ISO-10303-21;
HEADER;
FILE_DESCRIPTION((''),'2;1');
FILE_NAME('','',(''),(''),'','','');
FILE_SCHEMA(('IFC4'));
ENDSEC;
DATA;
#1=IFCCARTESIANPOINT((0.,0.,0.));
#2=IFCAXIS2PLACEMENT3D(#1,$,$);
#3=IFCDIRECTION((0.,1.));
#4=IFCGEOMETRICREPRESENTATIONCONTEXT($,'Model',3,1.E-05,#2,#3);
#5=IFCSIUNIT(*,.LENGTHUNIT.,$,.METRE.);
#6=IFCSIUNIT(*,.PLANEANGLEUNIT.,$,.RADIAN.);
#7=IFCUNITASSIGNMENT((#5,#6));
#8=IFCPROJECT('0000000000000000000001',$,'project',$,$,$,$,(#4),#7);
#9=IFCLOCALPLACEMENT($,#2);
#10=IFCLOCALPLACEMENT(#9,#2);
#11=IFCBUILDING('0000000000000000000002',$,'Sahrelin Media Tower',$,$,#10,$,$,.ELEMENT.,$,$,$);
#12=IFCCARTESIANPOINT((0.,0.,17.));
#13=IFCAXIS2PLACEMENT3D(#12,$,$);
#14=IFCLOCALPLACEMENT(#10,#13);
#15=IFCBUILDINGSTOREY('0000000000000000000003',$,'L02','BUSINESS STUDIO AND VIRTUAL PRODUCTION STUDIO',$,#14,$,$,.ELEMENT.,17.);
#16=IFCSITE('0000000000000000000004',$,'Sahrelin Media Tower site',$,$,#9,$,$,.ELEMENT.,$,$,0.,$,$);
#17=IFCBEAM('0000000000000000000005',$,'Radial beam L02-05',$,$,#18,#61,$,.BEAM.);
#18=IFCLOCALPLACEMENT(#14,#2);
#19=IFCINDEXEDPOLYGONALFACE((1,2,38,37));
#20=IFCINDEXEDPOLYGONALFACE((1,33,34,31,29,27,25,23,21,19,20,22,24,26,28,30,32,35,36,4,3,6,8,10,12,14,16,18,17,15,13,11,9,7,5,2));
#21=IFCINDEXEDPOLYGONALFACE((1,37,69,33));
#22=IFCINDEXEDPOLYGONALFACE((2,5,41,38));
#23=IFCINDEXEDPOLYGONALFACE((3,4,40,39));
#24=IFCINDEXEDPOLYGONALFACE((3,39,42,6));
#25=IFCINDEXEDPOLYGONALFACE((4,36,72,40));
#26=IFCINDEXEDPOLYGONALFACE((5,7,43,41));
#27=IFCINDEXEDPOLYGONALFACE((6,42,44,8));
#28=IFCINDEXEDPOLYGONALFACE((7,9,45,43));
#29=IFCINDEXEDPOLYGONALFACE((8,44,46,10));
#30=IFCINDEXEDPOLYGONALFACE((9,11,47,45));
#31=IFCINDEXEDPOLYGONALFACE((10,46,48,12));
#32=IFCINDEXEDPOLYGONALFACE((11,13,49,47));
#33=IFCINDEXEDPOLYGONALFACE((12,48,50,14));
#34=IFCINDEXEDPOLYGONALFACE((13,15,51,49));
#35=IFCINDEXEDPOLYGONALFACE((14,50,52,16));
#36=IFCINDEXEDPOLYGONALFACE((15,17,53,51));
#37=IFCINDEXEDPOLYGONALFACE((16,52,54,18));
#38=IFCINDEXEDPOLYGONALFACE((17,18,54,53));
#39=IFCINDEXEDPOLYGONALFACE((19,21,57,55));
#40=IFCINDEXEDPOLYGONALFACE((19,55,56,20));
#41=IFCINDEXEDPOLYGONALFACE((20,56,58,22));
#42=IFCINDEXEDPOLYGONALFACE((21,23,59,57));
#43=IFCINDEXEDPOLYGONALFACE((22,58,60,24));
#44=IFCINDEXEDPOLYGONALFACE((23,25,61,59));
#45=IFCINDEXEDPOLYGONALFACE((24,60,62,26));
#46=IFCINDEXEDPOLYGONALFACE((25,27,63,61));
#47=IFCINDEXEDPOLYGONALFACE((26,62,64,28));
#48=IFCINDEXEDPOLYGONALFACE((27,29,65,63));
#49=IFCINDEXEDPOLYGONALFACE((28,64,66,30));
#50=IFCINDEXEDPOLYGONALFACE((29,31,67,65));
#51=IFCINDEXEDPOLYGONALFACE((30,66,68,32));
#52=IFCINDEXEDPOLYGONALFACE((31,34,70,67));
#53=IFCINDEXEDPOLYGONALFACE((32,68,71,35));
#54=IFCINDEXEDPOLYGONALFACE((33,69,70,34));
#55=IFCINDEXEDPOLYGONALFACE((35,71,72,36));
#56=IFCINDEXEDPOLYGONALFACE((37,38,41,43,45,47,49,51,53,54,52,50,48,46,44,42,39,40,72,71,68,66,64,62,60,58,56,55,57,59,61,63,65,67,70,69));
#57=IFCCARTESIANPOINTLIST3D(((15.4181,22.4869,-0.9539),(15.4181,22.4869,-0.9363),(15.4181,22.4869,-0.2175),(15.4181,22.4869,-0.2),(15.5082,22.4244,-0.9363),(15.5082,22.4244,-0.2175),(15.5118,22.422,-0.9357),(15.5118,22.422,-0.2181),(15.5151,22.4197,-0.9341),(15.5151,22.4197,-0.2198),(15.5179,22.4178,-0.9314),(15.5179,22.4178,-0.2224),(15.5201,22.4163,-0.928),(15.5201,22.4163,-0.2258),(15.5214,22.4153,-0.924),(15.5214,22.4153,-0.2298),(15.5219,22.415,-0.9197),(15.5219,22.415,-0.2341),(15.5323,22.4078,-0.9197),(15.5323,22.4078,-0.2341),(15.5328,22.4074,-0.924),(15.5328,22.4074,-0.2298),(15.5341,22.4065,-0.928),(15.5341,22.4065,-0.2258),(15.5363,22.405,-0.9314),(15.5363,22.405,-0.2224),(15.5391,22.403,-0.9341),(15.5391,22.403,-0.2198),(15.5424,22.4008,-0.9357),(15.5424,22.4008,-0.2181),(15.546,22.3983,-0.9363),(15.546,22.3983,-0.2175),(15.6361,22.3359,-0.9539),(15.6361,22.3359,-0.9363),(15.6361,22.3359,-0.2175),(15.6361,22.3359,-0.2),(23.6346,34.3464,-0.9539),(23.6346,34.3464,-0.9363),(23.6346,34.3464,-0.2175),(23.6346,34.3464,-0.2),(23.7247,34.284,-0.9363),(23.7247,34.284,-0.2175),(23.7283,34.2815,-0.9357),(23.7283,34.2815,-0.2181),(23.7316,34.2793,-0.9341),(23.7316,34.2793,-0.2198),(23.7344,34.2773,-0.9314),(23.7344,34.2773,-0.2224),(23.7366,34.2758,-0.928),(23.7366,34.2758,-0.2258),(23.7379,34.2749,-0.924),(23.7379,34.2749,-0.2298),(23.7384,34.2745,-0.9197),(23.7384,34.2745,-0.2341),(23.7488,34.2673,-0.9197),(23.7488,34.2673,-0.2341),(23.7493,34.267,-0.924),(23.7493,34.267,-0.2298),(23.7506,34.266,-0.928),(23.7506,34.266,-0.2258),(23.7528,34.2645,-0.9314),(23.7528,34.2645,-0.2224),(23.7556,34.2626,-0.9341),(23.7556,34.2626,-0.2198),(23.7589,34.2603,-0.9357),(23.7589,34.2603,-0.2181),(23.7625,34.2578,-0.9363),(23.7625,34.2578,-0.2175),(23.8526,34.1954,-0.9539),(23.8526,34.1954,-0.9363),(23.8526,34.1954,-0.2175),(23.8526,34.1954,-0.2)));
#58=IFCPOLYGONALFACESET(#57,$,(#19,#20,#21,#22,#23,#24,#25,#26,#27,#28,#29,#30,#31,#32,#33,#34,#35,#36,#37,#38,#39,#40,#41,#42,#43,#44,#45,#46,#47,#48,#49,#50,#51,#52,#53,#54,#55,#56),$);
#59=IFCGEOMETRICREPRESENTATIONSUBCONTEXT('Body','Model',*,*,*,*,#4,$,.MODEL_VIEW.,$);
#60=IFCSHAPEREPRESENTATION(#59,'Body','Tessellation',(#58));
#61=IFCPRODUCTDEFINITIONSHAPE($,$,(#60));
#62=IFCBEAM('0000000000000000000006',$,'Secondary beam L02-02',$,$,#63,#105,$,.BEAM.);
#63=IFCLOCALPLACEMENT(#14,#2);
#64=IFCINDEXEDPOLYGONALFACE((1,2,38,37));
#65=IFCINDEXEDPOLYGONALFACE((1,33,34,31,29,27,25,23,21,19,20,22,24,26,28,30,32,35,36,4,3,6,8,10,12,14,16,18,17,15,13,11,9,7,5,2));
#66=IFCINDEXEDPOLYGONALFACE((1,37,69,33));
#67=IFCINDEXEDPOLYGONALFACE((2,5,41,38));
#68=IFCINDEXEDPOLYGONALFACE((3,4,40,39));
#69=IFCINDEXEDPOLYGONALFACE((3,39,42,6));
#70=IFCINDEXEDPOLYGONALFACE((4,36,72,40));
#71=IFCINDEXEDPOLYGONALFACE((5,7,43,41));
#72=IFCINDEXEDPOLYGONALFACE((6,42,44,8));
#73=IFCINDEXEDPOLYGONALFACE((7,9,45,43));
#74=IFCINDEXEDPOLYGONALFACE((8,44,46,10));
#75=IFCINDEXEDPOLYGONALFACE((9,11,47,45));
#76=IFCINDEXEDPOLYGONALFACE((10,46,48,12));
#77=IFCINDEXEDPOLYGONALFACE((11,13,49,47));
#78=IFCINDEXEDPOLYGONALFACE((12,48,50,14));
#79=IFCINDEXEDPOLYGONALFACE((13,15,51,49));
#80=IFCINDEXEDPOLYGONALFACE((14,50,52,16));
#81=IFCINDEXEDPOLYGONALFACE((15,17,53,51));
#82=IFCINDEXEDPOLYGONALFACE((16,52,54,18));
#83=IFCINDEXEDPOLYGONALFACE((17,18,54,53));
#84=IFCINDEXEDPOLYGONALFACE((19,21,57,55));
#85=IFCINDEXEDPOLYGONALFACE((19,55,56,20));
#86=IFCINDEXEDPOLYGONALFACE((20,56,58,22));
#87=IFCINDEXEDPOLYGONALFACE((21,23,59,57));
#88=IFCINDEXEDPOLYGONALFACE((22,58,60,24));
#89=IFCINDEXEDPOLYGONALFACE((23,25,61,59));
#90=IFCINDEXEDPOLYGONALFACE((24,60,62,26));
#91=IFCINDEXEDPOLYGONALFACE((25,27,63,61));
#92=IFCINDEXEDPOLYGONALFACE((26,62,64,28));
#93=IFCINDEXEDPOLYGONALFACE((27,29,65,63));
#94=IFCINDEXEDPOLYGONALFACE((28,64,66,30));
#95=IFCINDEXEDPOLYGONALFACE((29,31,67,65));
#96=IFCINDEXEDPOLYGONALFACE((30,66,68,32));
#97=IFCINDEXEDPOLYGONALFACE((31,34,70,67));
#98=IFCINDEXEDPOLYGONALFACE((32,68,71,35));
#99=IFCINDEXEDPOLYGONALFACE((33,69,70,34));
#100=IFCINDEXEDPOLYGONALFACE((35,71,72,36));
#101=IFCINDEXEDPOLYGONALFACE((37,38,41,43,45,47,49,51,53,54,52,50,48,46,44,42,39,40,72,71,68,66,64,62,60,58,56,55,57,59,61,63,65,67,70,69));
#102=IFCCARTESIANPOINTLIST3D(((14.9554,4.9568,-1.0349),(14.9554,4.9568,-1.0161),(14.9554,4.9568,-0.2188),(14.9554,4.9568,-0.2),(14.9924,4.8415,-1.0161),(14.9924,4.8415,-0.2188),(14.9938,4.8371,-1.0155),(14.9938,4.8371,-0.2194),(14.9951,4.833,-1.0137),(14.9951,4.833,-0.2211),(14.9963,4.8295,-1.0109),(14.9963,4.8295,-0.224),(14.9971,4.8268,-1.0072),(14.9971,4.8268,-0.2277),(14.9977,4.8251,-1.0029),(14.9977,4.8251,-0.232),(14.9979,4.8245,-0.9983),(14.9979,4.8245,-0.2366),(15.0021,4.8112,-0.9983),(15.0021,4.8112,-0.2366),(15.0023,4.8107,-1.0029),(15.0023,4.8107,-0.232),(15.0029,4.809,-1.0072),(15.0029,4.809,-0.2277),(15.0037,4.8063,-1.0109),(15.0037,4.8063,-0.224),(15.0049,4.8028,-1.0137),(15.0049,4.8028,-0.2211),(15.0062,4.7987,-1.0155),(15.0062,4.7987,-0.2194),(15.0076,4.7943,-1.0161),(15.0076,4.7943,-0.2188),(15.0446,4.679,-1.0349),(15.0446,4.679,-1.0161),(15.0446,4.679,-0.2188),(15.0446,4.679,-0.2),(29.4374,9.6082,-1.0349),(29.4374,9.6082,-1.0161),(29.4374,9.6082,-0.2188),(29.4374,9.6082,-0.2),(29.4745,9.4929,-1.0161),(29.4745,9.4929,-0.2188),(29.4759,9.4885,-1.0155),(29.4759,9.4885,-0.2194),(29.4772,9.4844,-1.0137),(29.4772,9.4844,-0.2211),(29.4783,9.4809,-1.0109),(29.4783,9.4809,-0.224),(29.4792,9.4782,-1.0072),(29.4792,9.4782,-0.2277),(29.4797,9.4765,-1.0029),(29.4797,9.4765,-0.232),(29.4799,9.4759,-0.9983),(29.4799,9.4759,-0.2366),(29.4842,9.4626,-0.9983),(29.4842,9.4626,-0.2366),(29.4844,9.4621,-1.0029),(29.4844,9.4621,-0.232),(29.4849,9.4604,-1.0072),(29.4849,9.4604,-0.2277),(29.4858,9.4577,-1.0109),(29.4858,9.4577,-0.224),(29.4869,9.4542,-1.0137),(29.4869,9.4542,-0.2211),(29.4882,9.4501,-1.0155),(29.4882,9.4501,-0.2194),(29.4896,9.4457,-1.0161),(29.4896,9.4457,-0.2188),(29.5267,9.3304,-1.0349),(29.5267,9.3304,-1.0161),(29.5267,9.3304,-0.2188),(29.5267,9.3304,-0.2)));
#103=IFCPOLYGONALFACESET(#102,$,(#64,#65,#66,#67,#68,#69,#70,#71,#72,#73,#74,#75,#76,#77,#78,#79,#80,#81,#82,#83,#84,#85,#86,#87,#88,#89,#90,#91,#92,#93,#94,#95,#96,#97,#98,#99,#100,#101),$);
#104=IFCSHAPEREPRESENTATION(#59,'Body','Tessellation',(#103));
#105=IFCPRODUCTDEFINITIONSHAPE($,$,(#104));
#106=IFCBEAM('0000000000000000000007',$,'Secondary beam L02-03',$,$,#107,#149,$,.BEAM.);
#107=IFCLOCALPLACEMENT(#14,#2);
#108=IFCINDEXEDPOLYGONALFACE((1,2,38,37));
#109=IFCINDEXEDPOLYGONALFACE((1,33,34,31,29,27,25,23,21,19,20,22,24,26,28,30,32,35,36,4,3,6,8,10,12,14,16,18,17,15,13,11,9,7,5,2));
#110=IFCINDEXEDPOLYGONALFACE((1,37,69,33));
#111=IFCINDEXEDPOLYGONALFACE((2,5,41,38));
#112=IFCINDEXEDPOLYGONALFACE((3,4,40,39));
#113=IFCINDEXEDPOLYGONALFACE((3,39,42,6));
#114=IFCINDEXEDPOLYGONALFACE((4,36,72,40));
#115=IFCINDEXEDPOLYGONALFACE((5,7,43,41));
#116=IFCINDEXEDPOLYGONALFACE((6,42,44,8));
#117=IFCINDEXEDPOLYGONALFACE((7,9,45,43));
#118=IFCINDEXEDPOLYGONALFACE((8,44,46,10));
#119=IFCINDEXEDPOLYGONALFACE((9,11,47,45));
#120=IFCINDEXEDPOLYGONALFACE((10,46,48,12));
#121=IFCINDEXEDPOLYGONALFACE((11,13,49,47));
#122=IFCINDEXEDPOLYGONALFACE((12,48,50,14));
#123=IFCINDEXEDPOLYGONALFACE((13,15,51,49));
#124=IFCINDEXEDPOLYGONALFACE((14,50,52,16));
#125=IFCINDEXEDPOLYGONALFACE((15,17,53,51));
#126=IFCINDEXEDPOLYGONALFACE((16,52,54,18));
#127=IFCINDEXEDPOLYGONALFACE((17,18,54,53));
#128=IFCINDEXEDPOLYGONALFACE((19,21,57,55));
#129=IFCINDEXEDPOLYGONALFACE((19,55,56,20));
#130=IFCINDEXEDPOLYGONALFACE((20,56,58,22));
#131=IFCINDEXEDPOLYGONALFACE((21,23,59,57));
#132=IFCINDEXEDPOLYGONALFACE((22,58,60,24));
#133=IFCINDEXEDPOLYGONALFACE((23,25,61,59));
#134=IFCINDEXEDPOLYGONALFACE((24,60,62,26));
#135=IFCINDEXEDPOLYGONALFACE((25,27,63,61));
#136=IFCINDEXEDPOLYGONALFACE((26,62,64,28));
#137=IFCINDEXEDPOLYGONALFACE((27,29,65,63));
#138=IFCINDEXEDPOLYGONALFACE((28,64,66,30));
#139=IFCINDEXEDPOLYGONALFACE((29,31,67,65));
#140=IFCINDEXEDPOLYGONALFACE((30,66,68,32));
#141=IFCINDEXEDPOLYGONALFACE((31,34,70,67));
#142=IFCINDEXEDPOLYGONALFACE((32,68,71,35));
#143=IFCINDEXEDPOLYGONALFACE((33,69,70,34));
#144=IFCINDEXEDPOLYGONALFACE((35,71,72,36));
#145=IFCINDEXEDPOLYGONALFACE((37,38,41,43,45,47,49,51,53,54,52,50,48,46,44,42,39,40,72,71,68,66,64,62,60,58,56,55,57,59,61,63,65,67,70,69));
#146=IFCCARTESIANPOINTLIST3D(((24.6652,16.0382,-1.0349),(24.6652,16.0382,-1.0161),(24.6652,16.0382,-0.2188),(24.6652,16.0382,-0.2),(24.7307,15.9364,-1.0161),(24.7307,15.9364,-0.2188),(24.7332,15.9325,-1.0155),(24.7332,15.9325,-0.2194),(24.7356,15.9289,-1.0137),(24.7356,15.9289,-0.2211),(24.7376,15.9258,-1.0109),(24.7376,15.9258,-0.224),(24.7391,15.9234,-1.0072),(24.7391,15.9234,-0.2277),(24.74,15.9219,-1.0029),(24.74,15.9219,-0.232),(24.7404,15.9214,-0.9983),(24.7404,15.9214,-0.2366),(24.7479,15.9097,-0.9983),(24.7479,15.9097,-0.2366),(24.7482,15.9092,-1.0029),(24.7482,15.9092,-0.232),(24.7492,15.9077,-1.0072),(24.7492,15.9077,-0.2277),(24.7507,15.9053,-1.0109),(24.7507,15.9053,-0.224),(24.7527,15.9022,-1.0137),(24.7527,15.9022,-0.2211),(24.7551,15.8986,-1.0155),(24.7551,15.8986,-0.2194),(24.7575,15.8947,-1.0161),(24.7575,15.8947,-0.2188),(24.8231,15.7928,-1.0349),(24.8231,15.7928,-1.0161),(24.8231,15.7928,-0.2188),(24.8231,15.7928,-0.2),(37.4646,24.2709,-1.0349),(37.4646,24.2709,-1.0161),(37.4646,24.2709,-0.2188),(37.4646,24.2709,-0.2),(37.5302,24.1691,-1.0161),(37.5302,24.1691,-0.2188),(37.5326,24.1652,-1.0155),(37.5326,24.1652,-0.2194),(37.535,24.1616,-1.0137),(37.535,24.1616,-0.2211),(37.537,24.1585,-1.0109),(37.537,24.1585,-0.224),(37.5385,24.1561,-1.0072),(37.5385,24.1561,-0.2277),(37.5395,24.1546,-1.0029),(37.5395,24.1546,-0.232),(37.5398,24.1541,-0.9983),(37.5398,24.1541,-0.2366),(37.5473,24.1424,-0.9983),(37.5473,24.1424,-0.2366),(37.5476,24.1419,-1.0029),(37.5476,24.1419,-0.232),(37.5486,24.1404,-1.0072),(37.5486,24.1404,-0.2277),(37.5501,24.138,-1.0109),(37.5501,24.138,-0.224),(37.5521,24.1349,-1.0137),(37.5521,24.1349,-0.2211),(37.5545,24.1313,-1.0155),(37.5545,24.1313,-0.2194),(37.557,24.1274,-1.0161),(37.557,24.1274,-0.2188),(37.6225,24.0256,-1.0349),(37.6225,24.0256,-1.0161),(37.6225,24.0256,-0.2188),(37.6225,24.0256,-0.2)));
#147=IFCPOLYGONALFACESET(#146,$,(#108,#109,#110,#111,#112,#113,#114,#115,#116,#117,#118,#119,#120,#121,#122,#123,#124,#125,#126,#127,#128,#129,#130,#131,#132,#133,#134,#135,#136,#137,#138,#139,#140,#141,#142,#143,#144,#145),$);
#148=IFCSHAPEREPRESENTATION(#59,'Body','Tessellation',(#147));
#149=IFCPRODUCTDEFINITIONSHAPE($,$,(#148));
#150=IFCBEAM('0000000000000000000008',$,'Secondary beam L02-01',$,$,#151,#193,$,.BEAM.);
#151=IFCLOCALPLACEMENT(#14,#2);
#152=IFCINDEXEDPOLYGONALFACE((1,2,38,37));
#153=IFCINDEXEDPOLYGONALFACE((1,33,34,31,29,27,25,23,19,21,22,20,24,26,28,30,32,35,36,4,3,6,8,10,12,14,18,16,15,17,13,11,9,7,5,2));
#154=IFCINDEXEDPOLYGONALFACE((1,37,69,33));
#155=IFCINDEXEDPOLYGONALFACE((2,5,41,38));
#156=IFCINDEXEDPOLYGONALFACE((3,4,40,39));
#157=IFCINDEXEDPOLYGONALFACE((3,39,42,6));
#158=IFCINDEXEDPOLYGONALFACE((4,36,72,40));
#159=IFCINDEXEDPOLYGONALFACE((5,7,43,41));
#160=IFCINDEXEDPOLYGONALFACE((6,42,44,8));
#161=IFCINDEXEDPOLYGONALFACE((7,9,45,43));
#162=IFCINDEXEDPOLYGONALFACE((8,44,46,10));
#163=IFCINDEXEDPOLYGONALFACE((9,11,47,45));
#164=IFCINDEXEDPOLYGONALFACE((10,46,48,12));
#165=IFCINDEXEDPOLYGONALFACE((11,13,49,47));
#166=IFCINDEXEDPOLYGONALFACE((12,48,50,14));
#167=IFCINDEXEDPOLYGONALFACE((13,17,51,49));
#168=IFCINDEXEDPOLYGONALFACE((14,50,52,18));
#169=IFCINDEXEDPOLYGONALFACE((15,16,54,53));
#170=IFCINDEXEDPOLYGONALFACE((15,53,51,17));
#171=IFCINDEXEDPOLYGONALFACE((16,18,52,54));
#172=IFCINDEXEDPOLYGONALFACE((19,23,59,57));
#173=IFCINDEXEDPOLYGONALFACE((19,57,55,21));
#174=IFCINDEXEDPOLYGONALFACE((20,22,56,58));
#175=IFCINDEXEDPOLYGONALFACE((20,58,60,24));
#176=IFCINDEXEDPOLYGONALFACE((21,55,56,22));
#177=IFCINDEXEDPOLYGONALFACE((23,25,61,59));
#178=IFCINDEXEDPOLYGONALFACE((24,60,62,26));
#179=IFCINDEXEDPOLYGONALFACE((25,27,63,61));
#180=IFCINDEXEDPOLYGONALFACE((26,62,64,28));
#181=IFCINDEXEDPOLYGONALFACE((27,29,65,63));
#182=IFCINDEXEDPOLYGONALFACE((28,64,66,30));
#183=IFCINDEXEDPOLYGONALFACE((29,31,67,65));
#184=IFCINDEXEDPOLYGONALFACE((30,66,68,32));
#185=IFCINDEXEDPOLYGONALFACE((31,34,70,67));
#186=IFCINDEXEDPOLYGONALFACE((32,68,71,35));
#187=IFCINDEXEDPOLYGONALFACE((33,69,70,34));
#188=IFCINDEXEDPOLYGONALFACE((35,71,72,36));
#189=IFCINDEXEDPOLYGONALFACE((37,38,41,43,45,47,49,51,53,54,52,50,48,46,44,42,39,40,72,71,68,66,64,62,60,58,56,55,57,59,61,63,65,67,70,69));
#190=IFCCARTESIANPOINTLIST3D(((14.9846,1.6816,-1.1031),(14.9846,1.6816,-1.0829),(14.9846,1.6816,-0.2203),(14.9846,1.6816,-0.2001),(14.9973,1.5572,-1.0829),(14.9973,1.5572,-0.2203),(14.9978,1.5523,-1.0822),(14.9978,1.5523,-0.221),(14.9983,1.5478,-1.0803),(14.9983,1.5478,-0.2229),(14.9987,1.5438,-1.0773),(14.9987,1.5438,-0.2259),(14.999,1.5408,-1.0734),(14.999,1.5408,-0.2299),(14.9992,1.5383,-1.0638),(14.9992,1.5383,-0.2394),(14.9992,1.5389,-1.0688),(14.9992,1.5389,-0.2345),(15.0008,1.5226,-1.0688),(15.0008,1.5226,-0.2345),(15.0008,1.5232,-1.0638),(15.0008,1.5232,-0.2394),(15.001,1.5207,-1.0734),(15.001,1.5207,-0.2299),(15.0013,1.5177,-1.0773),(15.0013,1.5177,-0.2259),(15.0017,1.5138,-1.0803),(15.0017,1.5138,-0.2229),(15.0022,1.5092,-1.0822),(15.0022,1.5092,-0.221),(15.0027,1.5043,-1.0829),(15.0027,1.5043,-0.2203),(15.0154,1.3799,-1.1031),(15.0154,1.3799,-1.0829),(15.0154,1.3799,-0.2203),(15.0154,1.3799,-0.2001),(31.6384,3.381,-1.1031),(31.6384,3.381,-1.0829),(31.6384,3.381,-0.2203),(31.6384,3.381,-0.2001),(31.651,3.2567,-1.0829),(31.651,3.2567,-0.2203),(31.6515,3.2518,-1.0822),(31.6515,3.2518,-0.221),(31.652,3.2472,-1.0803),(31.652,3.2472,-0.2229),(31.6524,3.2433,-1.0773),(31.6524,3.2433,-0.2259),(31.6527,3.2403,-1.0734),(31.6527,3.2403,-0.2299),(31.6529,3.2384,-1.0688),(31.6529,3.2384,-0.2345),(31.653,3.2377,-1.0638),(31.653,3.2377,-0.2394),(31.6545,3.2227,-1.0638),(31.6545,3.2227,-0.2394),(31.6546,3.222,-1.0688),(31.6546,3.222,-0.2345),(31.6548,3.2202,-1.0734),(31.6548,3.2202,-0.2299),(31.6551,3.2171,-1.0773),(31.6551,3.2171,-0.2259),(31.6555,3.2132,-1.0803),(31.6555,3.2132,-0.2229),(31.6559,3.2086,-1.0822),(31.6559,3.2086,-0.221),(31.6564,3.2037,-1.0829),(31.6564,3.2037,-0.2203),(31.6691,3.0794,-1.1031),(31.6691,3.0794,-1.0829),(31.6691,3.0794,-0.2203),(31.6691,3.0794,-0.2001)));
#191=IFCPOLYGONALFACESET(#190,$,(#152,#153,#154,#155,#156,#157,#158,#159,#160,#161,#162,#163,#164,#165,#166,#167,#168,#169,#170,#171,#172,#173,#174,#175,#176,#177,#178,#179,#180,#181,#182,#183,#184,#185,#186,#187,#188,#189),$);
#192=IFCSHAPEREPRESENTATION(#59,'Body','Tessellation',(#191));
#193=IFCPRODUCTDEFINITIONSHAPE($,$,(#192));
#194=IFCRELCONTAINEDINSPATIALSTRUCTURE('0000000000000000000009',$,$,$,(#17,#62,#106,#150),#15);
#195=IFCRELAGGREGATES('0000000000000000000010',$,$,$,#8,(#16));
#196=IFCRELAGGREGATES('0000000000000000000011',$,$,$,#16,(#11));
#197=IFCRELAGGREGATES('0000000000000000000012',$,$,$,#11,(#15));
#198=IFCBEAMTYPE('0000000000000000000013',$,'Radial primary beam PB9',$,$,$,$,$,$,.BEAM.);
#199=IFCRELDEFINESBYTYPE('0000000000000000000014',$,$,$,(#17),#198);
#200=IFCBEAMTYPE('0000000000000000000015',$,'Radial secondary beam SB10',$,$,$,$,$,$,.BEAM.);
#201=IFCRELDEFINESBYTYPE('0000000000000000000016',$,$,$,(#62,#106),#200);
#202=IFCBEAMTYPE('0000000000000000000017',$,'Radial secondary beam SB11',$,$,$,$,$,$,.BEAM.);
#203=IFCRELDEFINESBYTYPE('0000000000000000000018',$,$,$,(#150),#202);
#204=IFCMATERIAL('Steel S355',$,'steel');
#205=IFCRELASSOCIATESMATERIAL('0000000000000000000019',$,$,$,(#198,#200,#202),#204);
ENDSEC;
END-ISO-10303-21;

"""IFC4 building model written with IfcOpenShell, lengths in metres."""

from ifc_helpers import new_model, si_unit, direction, frame, origin, origin_2d, place, context, subcontext, project, spatial, i_section, extrude, material, material_profile, profile_set, type_object, element, save


model = new_model("IFC4")

# Units and contexts
model_context = context("Model", 3, precision=1e-05, world=origin(), true_north=direction((0.0, 1.0)))
body_context = subcontext(model_context, "Body", "Model", "MODEL_VIEW")
ifc_project = project(units=[si_unit("LENGTHUNIT", "METRE"), si_unit("PLANEANGLEUNIT", "RADIAN")], contexts=[model_context])

# Site, building, storey
site_placement = place(None, origin())
site = spatial("IfcSite", under=ifc_project, at=site_placement, Name="Sahrelin Media Tower site", CompositionType="ELEMENT", RefElevation=0.0)
building_placement = place(site_placement, origin())
building = spatial("IfcBuilding", under=site, at=building_placement, Name="Sahrelin Media Tower", CompositionType="ELEMENT")
storey_placement = place(building_placement, frame((0.0, 0.0, 17.0)))
storey = spatial("IfcBuildingStorey", under=building, at=storey_placement, Name="L02", Description="BUSINESS STUDIO AND VIRTUAL PRODUCTION STUDIO", CompositionType="ELEMENT", Elevation=17.0)

# Beams
ifc_material_1 = material(Name="Steel S355", Category="steel")
ifc_material_profile_1 = material_profile(ifc_material_1, i_section(OverallWidth=0.2651, OverallDepth=0.7539, WebThickness=0.0127, FlangeThickness=0.0176, FilletRadius=0.0166, at=origin_2d()), Name="UB 762x267x147")
ifc_profile_set_1 = profile_set([ifc_material_profile_1], Name="Steel S355")
beam_type_1 = type_object("IfcBeamType", Name="Radial primary beam PB9", PredefinedType="BEAM", material=ifc_profile_set_1)
beam_1_placement = place(storey_placement, frame((15.5271, 22.4114, -0.5769), z_axis=(0.569493, 0.821996, 0.0), x_axis=(-0.821996, 0.569493, 0.0)))
element("IfcBeam", 1, at=beam_1_placement, inside=storey, type_object=beam_type_1, Name="Radial beam L02-05", PredefinedType="BEAM", context=body_context, shape_type="SweptSolid", body=[
    extrude(i_section(OverallWidth=0.2651, OverallDepth=0.7539, WebThickness=0.0127, FlangeThickness=0.0176, FilletRadius=0.0166, at=origin_2d()), origin(), (0.0, 0.0, 1.0), 14.4277),
])
ifc_material_profile_2 = material_profile(ifc_material_1, i_section(OverallWidth=0.2917, OverallDepth=0.835, WebThickness=0.0139, FlangeThickness=0.0188, FilletRadius=0.0178, at=origin_2d()), Name="UB 838x292x176")
ifc_profile_set_2 = profile_set([ifc_material_profile_2], Name="Steel S355")
beam_type_2 = type_object("IfcBeamType", Name="Radial secondary beam SB10", PredefinedType="BEAM", material=ifc_profile_set_2)
beam_2_placement = place(storey_placement, frame((15.0, 4.8179, -0.6174), z_axis=(0.952096, 0.305798, 0.0), x_axis=(-0.305798, 0.952096, 0.0)))
element("IfcBeam", 2, at=beam_2_placement, inside=storey, type_object=beam_type_2, Name="Secondary beam L02-02", PredefinedType="BEAM", context=body_context, shape_type="SweptSolid", body=[
    extrude(i_section(OverallWidth=0.2917, OverallDepth=0.835, WebThickness=0.0139, FlangeThickness=0.0188, FilletRadius=0.0178, at=origin_2d()), origin(), (0.0, 0.0, 1.0), 15.2107),
])
beam_3_placement = place(storey_placement, frame((24.7441, 15.9155, -0.6174), z_axis=(0.841043, 0.540968, 0.0), x_axis=(-0.540968, 0.841043, 0.0)))
element("IfcBeam", 3, at=beam_3_placement, inside=storey, type_object=beam_type_2, Name="Secondary beam L02-03", PredefinedType="BEAM", context=body_context, shape_type="SweptSolid", body=[
    extrude(i_section(OverallWidth=0.2917, OverallDepth=0.835, WebThickness=0.0139, FlangeThickness=0.0188, FilletRadius=0.0178, at=origin_2d()), origin(), (0.0, 0.0, 1.0), 15.2185),
])
ifc_material_profile_3 = material_profile(ifc_material_1, i_section(OverallWidth=0.3032, OverallDepth=0.9031, WebThickness=0.0151, FlangeThickness=0.0203, FilletRadius=0.019, at=origin_2d()), Name="UB 914x305x201")
ifc_profile_set_3 = profile_set([ifc_material_profile_3], Name="Steel S355")
beam_type_3 = type_object("IfcBeamType", Name="Radial secondary beam SB11", PredefinedType="BEAM", material=ifc_profile_set_3)
beam_4_placement = place(storey_placement, frame((15.0, 1.5308, -0.6516), z_axis=(0.994834, 0.101519, 0.0), x_axis=(-0.101519, 0.994834, 0.0)))
element("IfcBeam", 4, at=beam_4_placement, inside=storey, type_object=beam_type_3, Name="Secondary beam L02-01", PredefinedType="BEAM", context=body_context, shape_type="SweptSolid", body=[
    extrude(i_section(OverallWidth=0.3032, OverallDepth=0.9031, WebThickness=0.0151, FlangeThickness=0.0203, FilletRadius=0.019, at=origin_2d()), origin(), (0.0, 0.0, 1.0), 16.7402),
])

save(model, "model.ifc")
